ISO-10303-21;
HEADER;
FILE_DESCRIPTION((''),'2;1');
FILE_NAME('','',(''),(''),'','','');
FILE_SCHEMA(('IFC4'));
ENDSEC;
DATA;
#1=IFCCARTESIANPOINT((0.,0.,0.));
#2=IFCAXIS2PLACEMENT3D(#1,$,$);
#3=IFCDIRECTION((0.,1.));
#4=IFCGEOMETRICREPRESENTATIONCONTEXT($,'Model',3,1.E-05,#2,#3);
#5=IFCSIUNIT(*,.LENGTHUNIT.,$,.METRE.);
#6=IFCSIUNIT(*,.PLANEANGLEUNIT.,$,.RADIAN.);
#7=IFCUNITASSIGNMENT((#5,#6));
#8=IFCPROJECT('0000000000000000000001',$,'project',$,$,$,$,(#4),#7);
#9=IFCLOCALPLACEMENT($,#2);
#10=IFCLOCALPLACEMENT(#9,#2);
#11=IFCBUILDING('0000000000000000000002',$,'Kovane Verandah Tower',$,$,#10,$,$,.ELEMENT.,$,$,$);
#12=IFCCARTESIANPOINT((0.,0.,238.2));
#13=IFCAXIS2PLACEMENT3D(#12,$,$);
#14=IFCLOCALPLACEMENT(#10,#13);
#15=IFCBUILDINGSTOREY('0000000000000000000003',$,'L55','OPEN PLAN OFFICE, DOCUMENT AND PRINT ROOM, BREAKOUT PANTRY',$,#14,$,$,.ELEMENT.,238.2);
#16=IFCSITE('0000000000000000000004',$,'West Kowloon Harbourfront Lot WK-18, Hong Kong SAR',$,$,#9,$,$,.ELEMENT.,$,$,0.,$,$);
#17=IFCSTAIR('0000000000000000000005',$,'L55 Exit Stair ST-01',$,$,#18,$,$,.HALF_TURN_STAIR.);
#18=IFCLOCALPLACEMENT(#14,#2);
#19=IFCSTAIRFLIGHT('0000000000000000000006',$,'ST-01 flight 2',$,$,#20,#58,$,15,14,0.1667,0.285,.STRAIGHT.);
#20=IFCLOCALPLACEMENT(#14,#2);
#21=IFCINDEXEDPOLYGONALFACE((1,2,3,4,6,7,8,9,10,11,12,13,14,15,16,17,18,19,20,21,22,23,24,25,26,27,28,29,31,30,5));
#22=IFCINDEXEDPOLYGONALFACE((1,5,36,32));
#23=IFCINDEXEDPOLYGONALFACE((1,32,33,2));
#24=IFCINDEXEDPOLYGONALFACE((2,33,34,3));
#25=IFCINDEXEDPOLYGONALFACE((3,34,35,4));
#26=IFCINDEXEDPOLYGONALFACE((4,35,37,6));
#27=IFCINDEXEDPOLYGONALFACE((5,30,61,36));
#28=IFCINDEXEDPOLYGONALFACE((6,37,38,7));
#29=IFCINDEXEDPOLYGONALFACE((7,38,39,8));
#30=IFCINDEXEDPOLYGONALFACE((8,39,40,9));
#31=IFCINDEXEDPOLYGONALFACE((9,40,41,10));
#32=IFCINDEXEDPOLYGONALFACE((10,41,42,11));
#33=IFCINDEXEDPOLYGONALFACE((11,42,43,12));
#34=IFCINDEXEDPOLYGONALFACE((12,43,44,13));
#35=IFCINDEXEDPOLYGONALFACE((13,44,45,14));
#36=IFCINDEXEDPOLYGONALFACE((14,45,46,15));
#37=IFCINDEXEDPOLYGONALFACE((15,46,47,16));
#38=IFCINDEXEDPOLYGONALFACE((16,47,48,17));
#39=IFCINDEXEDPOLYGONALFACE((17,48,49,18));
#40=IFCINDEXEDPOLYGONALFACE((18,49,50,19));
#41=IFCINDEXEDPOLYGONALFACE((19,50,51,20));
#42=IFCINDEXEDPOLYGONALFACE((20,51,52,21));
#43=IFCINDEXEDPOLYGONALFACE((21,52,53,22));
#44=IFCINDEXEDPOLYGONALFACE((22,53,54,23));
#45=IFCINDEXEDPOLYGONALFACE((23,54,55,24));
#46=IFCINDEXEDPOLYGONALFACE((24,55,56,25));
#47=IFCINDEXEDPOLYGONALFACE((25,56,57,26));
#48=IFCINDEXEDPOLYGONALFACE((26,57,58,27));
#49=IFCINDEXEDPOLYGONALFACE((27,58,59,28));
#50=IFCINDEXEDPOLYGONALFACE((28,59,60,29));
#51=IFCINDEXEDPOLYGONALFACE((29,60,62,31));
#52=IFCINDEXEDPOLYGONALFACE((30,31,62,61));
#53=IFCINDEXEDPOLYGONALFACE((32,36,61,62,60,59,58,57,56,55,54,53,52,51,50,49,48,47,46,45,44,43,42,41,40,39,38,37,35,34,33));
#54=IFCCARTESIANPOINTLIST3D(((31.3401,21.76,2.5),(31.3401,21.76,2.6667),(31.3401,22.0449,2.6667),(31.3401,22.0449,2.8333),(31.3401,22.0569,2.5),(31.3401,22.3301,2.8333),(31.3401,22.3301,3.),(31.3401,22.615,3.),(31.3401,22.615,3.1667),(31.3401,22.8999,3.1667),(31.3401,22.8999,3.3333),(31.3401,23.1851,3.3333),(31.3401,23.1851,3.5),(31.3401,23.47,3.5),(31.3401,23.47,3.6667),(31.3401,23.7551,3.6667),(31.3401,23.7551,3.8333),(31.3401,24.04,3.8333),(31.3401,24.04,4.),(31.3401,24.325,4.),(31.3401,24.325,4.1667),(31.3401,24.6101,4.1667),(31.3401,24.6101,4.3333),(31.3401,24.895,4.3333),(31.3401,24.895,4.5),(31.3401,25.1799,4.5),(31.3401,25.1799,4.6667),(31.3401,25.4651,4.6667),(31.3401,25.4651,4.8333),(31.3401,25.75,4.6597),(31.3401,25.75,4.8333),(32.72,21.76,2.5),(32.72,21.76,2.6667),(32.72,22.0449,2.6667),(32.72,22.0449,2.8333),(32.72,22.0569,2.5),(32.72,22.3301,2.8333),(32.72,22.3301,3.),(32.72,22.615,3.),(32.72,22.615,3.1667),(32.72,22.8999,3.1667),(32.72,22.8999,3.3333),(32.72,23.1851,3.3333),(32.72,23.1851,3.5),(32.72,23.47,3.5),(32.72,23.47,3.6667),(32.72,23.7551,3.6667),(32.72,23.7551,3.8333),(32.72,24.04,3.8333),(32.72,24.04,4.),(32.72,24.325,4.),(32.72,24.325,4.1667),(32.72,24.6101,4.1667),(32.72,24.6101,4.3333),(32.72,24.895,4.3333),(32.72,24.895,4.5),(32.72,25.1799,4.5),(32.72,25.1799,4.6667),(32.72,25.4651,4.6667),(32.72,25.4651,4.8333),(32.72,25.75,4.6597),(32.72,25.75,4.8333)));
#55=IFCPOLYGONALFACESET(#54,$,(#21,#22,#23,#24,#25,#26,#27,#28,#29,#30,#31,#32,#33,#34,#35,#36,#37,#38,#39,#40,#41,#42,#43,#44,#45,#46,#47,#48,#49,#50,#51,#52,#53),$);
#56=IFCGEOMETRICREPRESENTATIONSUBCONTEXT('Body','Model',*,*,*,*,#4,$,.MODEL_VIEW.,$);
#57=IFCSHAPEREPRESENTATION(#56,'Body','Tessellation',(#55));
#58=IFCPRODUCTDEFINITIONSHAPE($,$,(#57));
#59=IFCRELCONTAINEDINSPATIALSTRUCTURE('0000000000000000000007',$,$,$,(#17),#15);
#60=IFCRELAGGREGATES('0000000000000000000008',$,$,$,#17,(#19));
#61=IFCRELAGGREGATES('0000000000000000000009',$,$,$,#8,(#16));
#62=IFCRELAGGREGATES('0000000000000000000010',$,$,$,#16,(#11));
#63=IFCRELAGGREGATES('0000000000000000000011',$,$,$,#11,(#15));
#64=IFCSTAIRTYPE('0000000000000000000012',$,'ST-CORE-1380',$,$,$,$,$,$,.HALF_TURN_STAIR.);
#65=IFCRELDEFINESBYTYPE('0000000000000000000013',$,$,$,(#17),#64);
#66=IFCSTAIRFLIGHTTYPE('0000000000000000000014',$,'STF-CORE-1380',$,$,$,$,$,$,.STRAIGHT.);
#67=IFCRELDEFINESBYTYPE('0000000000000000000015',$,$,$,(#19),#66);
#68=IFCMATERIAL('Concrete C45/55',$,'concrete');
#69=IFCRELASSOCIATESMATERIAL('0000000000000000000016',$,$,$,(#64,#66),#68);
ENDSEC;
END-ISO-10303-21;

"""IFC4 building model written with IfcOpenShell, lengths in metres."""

from ifc_helpers import new_model, si_unit, direction, frame, origin, place, context, subcontext, project, spatial, polyline, outline, extrude, material, type_object, element, aggregate, save


model = new_model("IFC4")

# Units and contexts
model_context = context("Model", 3, precision=1e-05, world=origin(), true_north=direction((0.0, 1.0)))
body_context = subcontext(model_context, "Body", "Model", "MODEL_VIEW")
ifc_project = project(units=[si_unit("LENGTHUNIT", "METRE"), si_unit("PLANEANGLEUNIT", "RADIAN")], contexts=[model_context])

# Site, building, storey
site_placement = place(None, origin())
site = spatial("IfcSite", under=ifc_project, at=site_placement, Name="West Kowloon Harbourfront Lot WK-18, Hong Kong SAR", CompositionType="ELEMENT", RefElevation=0.0)
building_placement = place(site_placement, origin())
building = spatial("IfcBuilding", under=site, at=building_placement, Name="Kovane Verandah Tower", CompositionType="ELEMENT")
storey_placement = place(building_placement, frame((0.0, 0.0, 238.2)))
storey = spatial("IfcBuildingStorey", under=building, at=storey_placement, Name="L55", Description="OPEN PLAN OFFICE, DOCUMENT AND PRINT ROOM, BREAKOUT PANTRY", CompositionType="ELEMENT", Elevation=238.2)

# Shared definitions
ifc_material_1 = material(Name="Concrete C45/55", Category="concrete")

# Stair, stair flight
stair_type = type_object("IfcStairType", Name="ST-CORE-1380", PredefinedType="HALF_TURN_STAIR", material=ifc_material_1)
stair_placement = place(storey_placement, origin())
stair = element("IfcStair", 1, at=stair_placement, inside=storey, type_object=stair_type, Name="L55 Exit Stair ST-01", PredefinedType="HALF_TURN_STAIR")
stair_flight_type = type_object("IfcStairFlightType", Name="STF-CORE-1380", PredefinedType="STRAIGHT", material=ifc_material_1)
stair_flight_placement = place(storey_placement, frame((32.03, 21.76, 2.5), z_axis=(0.0, 0.0, 1.0), x_axis=(0.0, 1.0, 0.0)))
stair_flight = element("IfcStairFlight", 2, at=stair_flight_placement, type_object=stair_flight_type, Name="ST-01 flight 2", NumberOfRisers=15, NumberOfTreads=14, PredefinedType="STRAIGHT", RiserHeight=0.1667, TreadLength=0.285, context=body_context, shape_type="SweptSolid", body=[
    extrude(outline(polyline([(0.0, 0.0), (0.0, 0.1667), (0.2849, 0.1667), (0.2849, 0.3333), (0.5701, 0.3333), (0.5701, 0.5), (0.855, 0.5), (0.855, 0.6667), (1.1399, 0.6667), (1.1399, 0.8333), (1.425, 0.8333), (1.425, 1.0), (1.71, 1.0), (1.71, 1.1667), (1.9951, 1.1667), (1.9951, 1.3333), (2.28, 1.3333), (2.28, 1.5), (2.5649, 1.5), (2.5649, 1.6667), (2.8501, 1.6667), (2.8501, 1.8333), (3.135, 1.8333), (3.135, 2.0), (3.4199, 2.0), (3.4199, 2.1667), (3.7051, 2.1667), (3.7051, 2.3333), (3.99, 2.3333), (3.99, 2.5), (3.99, 2.1597), (0.2969, 0.0), (0.0, 0.0)])), frame((0.0, 0.6899, 0.0), z_axis=(0.0, -1.0, 0.0), x_axis=(1.0, 0.0, 0.0)), (0.0, 0.0, 1.0), 1.3799),
])
aggregate(stair, [stair_flight])

save(model, "model.ifc")
